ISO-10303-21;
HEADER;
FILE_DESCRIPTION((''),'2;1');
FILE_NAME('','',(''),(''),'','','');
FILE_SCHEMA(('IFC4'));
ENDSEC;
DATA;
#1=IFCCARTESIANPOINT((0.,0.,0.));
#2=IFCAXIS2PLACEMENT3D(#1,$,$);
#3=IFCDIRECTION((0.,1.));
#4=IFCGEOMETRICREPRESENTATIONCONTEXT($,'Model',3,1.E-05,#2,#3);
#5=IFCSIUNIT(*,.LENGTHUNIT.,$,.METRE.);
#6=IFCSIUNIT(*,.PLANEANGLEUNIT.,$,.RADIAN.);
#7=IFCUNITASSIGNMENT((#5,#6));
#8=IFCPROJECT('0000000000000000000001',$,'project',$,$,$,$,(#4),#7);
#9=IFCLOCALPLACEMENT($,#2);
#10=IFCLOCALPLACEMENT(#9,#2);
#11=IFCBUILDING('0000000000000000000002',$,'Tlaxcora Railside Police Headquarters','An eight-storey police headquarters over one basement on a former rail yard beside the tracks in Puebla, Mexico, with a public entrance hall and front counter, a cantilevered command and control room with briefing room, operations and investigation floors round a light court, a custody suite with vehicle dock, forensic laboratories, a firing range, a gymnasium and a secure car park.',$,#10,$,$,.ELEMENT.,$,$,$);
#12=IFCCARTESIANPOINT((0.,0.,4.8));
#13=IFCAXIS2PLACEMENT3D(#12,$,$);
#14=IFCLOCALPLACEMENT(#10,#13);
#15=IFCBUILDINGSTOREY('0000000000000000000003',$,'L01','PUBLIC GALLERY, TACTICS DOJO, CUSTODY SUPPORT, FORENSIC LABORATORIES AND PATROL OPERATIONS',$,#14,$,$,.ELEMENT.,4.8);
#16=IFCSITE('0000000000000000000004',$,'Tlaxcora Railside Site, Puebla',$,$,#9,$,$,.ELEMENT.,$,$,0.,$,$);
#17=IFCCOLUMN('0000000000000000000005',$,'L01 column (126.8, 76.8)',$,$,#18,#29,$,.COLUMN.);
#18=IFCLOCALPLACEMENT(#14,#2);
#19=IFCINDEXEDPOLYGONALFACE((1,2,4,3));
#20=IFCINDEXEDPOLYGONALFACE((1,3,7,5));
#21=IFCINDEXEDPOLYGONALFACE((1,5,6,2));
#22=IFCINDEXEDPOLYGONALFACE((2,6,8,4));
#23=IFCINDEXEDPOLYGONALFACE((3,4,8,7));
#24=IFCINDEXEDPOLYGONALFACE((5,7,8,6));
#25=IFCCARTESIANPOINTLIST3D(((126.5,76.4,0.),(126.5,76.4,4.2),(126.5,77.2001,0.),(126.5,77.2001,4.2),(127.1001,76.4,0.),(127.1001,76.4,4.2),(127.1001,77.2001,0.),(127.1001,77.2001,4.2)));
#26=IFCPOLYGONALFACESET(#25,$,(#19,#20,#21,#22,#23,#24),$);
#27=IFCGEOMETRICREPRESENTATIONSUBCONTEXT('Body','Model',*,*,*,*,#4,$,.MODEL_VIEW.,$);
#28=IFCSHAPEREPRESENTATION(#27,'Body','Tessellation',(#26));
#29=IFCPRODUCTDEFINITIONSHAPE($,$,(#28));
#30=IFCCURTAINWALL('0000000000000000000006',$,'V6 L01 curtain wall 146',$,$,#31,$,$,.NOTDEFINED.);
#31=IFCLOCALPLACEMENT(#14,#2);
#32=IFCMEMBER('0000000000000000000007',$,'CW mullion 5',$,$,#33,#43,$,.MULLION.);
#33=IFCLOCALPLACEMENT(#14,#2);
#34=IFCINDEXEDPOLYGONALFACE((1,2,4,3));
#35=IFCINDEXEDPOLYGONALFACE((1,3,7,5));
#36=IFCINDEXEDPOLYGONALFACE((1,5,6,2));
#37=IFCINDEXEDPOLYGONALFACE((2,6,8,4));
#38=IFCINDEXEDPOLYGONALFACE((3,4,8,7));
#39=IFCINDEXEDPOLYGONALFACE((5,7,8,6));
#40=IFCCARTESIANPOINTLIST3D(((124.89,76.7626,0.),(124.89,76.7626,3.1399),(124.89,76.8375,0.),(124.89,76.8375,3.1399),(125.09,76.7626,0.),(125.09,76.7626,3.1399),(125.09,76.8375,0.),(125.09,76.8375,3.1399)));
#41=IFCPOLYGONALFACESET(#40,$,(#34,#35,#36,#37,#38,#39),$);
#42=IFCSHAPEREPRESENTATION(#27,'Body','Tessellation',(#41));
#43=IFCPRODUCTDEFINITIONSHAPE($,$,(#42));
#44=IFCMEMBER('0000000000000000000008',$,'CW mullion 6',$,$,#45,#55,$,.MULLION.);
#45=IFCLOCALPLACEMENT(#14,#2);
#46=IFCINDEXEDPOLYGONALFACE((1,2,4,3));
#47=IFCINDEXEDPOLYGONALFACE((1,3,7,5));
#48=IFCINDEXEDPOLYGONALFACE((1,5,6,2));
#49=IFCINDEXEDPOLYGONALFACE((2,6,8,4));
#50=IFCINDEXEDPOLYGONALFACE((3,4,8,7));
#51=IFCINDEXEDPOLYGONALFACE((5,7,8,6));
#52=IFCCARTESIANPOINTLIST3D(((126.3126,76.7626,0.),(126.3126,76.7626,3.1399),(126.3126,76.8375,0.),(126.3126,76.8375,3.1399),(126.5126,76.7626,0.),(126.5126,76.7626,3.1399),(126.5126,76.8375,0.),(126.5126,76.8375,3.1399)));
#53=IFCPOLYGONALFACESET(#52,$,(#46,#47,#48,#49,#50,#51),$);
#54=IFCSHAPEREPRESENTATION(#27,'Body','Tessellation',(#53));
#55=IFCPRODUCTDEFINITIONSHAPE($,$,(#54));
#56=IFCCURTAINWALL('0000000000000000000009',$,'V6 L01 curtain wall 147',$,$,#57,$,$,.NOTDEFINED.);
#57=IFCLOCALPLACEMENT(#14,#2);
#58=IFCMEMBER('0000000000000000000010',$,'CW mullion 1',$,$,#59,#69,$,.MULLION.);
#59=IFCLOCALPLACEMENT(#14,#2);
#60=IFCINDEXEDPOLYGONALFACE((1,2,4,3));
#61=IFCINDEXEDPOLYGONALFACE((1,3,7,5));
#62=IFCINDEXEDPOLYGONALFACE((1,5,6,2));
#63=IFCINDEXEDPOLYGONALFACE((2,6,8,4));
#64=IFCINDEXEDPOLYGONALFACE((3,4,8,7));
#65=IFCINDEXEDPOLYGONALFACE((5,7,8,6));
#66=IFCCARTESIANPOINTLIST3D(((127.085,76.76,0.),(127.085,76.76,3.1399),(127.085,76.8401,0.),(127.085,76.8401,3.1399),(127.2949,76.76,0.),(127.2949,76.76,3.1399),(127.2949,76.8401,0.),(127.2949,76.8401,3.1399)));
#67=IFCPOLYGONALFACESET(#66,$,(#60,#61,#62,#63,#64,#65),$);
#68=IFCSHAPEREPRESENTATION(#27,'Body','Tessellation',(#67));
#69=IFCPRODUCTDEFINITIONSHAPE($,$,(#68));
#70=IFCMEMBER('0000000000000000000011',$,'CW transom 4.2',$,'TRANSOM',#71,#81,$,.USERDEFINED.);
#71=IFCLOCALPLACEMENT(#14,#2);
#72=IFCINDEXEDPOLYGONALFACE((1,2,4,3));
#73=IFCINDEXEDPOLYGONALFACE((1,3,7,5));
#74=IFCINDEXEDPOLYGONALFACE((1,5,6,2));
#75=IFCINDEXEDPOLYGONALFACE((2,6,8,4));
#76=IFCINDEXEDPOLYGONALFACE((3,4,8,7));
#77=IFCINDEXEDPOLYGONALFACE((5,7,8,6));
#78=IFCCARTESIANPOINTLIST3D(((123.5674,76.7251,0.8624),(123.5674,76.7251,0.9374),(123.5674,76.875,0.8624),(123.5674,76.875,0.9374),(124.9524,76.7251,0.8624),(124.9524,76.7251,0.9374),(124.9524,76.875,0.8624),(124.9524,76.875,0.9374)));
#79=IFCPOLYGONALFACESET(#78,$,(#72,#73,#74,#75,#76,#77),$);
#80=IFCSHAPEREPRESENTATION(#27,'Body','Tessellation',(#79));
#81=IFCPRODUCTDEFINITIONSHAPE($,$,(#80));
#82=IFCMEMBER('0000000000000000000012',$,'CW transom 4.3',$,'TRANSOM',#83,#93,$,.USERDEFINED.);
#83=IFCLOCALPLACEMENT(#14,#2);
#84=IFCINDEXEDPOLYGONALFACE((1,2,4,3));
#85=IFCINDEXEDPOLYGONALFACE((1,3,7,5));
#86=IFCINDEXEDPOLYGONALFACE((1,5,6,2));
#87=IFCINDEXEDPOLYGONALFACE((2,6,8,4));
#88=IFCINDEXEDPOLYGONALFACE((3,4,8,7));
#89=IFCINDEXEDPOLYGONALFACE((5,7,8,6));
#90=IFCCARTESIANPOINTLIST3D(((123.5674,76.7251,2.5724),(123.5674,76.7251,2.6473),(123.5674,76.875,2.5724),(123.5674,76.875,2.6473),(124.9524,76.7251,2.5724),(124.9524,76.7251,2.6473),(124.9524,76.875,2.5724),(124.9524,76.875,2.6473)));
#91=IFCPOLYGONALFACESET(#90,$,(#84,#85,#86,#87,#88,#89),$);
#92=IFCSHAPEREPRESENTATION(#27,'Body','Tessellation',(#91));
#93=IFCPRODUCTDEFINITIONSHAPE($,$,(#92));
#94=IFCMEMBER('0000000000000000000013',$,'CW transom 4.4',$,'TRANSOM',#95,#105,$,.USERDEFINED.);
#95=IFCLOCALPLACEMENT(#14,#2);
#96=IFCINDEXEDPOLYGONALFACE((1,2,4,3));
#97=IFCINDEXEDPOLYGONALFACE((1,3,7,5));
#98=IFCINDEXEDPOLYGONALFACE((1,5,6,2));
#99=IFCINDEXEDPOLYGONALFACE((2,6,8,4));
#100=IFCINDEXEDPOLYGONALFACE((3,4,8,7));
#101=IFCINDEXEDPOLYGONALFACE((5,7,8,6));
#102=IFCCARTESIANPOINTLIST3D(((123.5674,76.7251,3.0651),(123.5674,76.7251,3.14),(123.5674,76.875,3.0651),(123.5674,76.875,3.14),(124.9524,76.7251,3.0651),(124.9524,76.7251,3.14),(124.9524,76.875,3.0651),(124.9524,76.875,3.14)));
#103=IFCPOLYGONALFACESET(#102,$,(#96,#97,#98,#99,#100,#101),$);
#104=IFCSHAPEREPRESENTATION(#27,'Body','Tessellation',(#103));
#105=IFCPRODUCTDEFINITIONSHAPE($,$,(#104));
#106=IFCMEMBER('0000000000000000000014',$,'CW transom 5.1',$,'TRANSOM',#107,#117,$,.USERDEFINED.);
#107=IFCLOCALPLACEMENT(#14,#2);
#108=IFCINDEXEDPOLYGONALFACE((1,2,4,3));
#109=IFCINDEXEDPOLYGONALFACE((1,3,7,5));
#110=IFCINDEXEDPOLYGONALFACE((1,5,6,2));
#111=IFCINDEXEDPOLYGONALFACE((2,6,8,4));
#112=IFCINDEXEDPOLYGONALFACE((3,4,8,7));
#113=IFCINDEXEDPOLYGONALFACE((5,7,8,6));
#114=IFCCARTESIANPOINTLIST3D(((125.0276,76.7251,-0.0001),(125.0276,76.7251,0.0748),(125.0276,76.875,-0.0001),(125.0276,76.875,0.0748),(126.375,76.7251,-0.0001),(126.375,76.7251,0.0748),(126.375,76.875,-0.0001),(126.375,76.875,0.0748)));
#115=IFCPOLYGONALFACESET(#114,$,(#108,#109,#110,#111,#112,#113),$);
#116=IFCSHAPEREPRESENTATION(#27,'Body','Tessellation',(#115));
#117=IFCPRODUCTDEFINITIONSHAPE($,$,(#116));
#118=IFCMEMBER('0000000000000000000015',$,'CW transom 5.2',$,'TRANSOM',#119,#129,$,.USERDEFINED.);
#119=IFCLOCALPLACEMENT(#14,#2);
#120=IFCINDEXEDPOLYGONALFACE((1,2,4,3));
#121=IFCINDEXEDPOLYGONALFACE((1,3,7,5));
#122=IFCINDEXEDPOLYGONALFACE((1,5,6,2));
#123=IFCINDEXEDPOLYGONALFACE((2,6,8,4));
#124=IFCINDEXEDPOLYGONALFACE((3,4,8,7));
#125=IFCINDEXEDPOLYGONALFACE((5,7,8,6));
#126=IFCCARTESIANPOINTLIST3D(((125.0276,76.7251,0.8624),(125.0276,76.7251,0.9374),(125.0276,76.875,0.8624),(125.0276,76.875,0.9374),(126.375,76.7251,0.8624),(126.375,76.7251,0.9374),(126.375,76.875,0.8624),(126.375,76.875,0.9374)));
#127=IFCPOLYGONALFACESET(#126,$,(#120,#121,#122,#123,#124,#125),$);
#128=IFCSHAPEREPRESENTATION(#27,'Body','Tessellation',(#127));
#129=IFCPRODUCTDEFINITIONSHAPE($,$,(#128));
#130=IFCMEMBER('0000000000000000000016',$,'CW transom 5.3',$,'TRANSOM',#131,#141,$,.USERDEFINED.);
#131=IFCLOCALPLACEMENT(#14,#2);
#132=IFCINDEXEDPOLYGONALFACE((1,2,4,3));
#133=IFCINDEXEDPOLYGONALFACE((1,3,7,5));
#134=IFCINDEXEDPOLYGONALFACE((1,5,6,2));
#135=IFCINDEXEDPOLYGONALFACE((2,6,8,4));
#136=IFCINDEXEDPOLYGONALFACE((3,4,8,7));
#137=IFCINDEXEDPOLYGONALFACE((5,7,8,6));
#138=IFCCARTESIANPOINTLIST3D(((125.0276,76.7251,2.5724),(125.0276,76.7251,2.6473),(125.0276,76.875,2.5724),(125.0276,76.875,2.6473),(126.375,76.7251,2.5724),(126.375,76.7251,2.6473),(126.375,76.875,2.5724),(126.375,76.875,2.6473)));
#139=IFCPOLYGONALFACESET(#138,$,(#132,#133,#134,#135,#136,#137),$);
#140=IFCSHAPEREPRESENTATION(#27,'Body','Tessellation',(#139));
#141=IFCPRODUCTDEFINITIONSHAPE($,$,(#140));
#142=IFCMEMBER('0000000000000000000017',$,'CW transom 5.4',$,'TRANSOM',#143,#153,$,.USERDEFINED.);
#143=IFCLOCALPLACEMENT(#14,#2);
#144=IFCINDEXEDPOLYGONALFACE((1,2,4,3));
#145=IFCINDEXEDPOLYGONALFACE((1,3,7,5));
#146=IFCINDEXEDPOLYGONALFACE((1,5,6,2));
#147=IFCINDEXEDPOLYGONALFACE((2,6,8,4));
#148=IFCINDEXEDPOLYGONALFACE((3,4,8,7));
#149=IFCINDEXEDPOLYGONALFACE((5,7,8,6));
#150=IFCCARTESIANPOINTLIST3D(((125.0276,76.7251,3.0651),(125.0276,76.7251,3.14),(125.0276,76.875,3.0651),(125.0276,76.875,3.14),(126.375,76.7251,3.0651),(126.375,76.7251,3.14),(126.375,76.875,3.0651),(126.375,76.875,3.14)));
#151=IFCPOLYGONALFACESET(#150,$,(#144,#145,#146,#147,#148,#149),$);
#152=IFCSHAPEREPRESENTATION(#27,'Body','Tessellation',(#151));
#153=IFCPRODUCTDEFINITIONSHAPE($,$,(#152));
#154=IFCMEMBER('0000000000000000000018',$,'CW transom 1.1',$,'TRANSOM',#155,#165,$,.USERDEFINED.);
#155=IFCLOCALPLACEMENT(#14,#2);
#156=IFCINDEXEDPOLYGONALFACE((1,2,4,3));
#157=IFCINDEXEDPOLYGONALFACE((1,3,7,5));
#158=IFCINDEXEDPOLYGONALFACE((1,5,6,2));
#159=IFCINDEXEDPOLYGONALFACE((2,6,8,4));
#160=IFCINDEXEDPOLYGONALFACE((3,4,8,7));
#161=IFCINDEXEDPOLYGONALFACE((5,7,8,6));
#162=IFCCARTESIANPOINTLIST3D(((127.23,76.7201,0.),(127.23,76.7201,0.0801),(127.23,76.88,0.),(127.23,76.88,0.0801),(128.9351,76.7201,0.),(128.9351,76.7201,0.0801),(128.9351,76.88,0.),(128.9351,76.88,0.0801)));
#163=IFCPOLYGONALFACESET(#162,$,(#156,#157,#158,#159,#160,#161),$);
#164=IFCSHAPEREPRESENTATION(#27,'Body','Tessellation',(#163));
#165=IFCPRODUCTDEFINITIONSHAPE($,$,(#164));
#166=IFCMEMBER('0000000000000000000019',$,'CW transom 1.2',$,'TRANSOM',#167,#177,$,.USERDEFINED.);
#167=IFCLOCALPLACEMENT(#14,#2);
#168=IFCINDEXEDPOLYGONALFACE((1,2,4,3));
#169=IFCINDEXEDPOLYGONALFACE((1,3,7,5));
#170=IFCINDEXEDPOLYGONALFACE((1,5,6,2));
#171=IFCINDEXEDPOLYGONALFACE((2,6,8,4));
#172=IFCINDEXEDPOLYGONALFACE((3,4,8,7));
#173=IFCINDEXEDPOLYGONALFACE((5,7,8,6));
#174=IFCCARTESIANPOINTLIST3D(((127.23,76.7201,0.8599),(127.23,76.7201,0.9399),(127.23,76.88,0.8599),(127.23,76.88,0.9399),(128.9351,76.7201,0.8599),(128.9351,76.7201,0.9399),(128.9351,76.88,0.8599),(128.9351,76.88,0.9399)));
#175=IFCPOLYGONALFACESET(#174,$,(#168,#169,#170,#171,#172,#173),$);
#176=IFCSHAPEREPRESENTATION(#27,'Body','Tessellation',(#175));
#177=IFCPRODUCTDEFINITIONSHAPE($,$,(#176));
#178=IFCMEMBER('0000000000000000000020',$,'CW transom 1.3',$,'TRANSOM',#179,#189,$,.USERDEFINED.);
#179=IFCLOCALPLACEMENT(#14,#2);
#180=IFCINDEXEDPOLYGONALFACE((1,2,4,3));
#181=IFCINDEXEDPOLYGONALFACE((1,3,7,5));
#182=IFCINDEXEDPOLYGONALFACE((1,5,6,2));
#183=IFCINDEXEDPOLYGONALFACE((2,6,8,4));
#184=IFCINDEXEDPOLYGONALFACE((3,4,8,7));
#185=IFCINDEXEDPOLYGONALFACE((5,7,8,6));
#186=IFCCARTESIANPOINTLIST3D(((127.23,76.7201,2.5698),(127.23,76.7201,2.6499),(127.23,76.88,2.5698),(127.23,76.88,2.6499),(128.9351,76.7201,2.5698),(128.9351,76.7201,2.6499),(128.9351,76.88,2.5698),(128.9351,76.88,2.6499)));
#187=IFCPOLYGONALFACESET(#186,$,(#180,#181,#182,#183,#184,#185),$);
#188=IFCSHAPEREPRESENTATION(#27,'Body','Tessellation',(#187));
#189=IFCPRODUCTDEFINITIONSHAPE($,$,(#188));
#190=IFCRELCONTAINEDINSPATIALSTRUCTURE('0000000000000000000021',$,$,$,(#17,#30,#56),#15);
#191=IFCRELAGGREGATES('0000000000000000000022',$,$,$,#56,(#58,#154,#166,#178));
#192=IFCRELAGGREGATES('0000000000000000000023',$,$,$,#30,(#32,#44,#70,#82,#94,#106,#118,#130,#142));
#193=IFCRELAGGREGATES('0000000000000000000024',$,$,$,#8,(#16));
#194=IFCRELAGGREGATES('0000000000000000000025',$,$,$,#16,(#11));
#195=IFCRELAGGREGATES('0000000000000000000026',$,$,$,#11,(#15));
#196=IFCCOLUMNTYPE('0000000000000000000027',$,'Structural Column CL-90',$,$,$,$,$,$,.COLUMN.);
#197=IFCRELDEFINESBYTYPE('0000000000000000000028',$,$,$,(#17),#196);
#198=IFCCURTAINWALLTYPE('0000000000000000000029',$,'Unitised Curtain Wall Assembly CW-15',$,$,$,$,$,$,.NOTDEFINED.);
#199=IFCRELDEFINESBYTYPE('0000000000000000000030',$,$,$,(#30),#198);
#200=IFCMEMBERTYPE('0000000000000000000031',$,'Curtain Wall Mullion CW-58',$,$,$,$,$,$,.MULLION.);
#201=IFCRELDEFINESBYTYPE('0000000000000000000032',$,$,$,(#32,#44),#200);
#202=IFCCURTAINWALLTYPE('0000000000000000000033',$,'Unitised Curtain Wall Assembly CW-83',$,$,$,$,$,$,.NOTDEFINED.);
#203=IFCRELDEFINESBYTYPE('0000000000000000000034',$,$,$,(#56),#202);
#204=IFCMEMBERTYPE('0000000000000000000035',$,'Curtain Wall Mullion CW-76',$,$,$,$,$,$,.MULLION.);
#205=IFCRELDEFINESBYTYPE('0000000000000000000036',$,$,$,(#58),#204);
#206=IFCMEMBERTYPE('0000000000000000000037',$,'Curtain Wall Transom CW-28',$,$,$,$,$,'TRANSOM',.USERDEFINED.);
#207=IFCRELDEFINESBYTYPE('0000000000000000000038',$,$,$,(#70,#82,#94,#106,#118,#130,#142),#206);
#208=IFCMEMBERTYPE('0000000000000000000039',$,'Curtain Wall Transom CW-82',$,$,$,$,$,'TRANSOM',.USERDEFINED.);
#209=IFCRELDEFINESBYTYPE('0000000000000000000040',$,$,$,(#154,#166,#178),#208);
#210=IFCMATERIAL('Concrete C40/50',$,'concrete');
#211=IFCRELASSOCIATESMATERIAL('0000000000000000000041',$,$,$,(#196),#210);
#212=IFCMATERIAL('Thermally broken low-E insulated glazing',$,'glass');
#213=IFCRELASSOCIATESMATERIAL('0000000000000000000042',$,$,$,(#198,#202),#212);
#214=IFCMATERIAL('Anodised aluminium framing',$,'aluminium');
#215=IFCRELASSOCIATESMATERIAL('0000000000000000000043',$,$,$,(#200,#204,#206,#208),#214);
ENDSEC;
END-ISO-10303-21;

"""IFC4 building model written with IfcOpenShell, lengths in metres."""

from ifc_helpers import new_model, si_unit, direction, frame, origin, origin_2d, place, context, subcontext, project, spatial, rectangle, extrude, material, material_profile, profile_set, type_object, element, aggregate, save


model = new_model("IFC4")

# Units and contexts
model_context = context("Model", 3, precision=1e-05, world=origin(), true_north=direction((0.0, 1.0)))
body_context = subcontext(model_context, "Body", "Model", "MODEL_VIEW")
ifc_project = project(units=[si_unit("LENGTHUNIT", "METRE"), si_unit("PLANEANGLEUNIT", "RADIAN")], contexts=[model_context])

# Site, building, storey
site_placement = place(None, origin())
site = spatial("IfcSite", under=ifc_project, at=site_placement, Name="Tlaxcora Railside Site, Puebla", CompositionType="ELEMENT", RefElevation=0.0)
building_placement = place(site_placement, origin())
building = spatial("IfcBuilding", under=site, at=building_placement, Name="Tlaxcora Railside Police Headquarters", Description="An eight-storey police headquarters over one basement on a former rail yard beside the tracks in Puebla, Mexico, with a public entrance hall and front counter, a cantilevered command and control room with briefing room, operations and investigation floors round a light court, a custody suite with vehicle dock, forensic laboratories, a firing range, a gymnasium and a secure car park.", CompositionType="ELEMENT")
storey_placement = place(building_placement, frame((0.0, 0.0, 4.8)))
storey = spatial("IfcBuildingStorey", under=building, at=storey_placement, Name="L01", Description="PUBLIC GALLERY, TACTICS DOJO, CUSTODY SUPPORT, FORENSIC LABORATORIES AND PATROL OPERATIONS", CompositionType="ELEMENT", Elevation=4.8)

# Column
ifc_material_1 = material(Name="Concrete C40/50", Category="concrete")
ifc_material_profile_1 = material_profile(ifc_material_1, rectangle(XDim=0.6001, YDim=0.8, at=origin_2d()), Name="RC600X800")
ifc_profile_set_1 = profile_set([ifc_material_profile_1], Name="Concrete C40/50")
column_type = type_object("IfcColumnType", Name="Structural Column CL-90", PredefinedType="COLUMN", material=ifc_profile_set_1)
column_placement = place(storey_placement, frame((126.8, 76.8, 0.0), z_axis=(0.0, 0.0, 1.0), x_axis=(1.0, 0.0, 0.0)))
element("IfcColumn", 1, at=column_placement, inside=storey, type_object=column_type, Name="L01 column (126.8, 76.8)", PredefinedType="COLUMN", context=body_context, shape_type="SweptSolid", body=[
    extrude(rectangle(XDim=0.6001, YDim=0.8, at=origin_2d()), origin(), (0.0, 0.0, 1.0), 4.2),
])

# Curtain wall, members
ifc_material_2 = material(Name="Thermally broken low-E insulated glazing", Category="glass")
curtain_wall_type_1 = type_object("IfcCurtainWallType", Name="Unitised Curtain Wall Assembly CW-15", PredefinedType="NOTDEFINED", material=ifc_material_2)
curtain_wall_1_placement = place(storey_placement, origin())
curtain_wall_1 = element("IfcCurtainWall", 2, at=curtain_wall_1_placement, inside=storey, type_object=curtain_wall_type_1, Name="V6 L01 curtain wall 146", PredefinedType="NOTDEFINED")
ifc_material_3 = material(Name="Anodised aluminium framing", Category="aluminium")
ifc_material_profile_2 = material_profile(ifc_material_3, rectangle(XDim=0.075, YDim=0.2, at=origin_2d()), Name="AL75X200")
ifc_profile_set_2 = profile_set([ifc_material_profile_2], Name="Anodised aluminium framing")
member_type_1 = type_object("IfcMemberType", Name="Curtain Wall Mullion CW-58", PredefinedType="MULLION", material=ifc_profile_set_2)
member_1_placement = place(storey_placement, frame((124.99, 76.8, 0.0), z_axis=(0.0, 0.0, 1.0), x_axis=(0.0, 1.0, 0.0)))
member_1 = element("IfcMember", 3, at=member_1_placement, type_object=member_type_1, Name="CW mullion 5", PredefinedType="MULLION", context=body_context, shape_type="SweptSolid", body=[
    extrude(rectangle(XDim=0.075, YDim=0.2, at=origin_2d()), origin(), (0.0, 0.0, 1.0), 3.1399),
])
member_2_placement = place(storey_placement, frame((126.4126, 76.8, 0.0), z_axis=(0.0, 0.0, 1.0), x_axis=(0.0, 1.0, 0.0)))
member_2 = element("IfcMember", 4, at=member_2_placement, type_object=member_type_1, Name="CW mullion 6", PredefinedType="MULLION", context=body_context, shape_type="SweptSolid", body=[
    extrude(rectangle(XDim=0.075, YDim=0.2, at=origin_2d()), origin(), (0.0, 0.0, 1.0), 3.1399),
])

# Curtain wall, member
curtain_wall_type_2 = type_object("IfcCurtainWallType", Name="Unitised Curtain Wall Assembly CW-83", PredefinedType="NOTDEFINED", material=ifc_material_2)
curtain_wall_2_placement = place(storey_placement, origin())
curtain_wall_2 = element("IfcCurtainWall", 5, at=curtain_wall_2_placement, inside=storey, type_object=curtain_wall_type_2, Name="V6 L01 curtain wall 147", PredefinedType="NOTDEFINED")
ifc_material_profile_3 = material_profile(ifc_material_3, rectangle(XDim=0.0801, YDim=0.21, at=origin_2d()), Name="AL80X210")
ifc_profile_set_3 = profile_set([ifc_material_profile_3], Name="Anodised aluminium framing")
member_type_2 = type_object("IfcMemberType", Name="Curtain Wall Mullion CW-76", PredefinedType="MULLION", material=ifc_profile_set_3)
member_3_placement = place(storey_placement, frame((127.1899, 76.8, 0.0), z_axis=(0.0, 0.0, 1.0), x_axis=(0.0, 1.0, 0.0)))
member_3 = element("IfcMember", 6, at=member_3_placement, type_object=member_type_2, Name="CW mullion 1", PredefinedType="MULLION", context=body_context, shape_type="SweptSolid", body=[
    extrude(rectangle(XDim=0.0801, YDim=0.21, at=origin_2d()), origin(), (0.0, 0.0, 1.0), 3.1399),
])

# Members
ifc_material_profile_4 = material_profile(ifc_material_3, rectangle(XDim=0.1499, YDim=0.075, at=origin_2d()), Name="AL75X150")
ifc_profile_set_4 = profile_set([ifc_material_profile_4], Name="Anodised aluminium framing")
member_type_3 = type_object("IfcMemberType", Name="Curtain Wall Transom CW-28", ElementType="TRANSOM", PredefinedType="USERDEFINED", material=ifc_profile_set_4)
member_4_placement = place(storey_placement, frame((123.5674, 76.8, 0.8999), z_axis=(1.0, 0.0, 0.0), x_axis=(0.0, 1.0, 0.0)))
member_4 = element("IfcMember", 7, at=member_4_placement, type_object=member_type_3, Name="CW transom 4.2", ObjectType="TRANSOM", PredefinedType="USERDEFINED", context=body_context, shape_type="SweptSolid", body=[
    extrude(rectangle(XDim=0.1499, YDim=0.075, at=origin_2d()), origin(), (0.0, 0.0, 1.0), 1.385),
])
member_5_placement = place(storey_placement, frame((123.5674, 76.8, 2.6099), z_axis=(1.0, 0.0, 0.0), x_axis=(0.0, 1.0, 0.0)))
member_5 = element("IfcMember", 8, at=member_5_placement, type_object=member_type_3, Name="CW transom 4.3", ObjectType="TRANSOM", PredefinedType="USERDEFINED", context=body_context, shape_type="SweptSolid", body=[
    extrude(rectangle(XDim=0.1499, YDim=0.075, at=origin_2d()), origin(), (0.0, 0.0, 1.0), 1.385),
])
member_6_placement = place(storey_placement, frame((123.5674, 76.8, 3.1025), z_axis=(1.0, 0.0, 0.0), x_axis=(0.0, 1.0, 0.0)))
member_6 = element("IfcMember", 9, at=member_6_placement, type_object=member_type_3, Name="CW transom 4.4", ObjectType="TRANSOM", PredefinedType="USERDEFINED", context=body_context, shape_type="SweptSolid", body=[
    extrude(rectangle(XDim=0.1499, YDim=0.075, at=origin_2d()), origin(), (0.0, 0.0, 1.0), 1.385),
])
member_7_placement = place(storey_placement, frame((125.0276, 76.8, 0.0374), z_axis=(1.0, 0.0, 0.0), x_axis=(0.0, 1.0, 0.0)))
member_7 = element("IfcMember", 10, at=member_7_placement, type_object=member_type_3, Name="CW transom 5.1", ObjectType="TRANSOM", PredefinedType="USERDEFINED", context=body_context, shape_type="SweptSolid", body=[
    extrude(rectangle(XDim=0.1499, YDim=0.075, at=origin_2d()), origin(), (0.0, 0.0, 1.0), 1.3474),
])
member_8_placement = place(storey_placement, frame((125.0276, 76.8, 0.8999), z_axis=(1.0, 0.0, 0.0), x_axis=(0.0, 1.0, 0.0)))
member_8 = element("IfcMember", 11, at=member_8_placement, type_object=member_type_3, Name="CW transom 5.2", ObjectType="TRANSOM", PredefinedType="USERDEFINED", context=body_context, shape_type="SweptSolid", body=[
    extrude(rectangle(XDim=0.1499, YDim=0.075, at=origin_2d()), origin(), (0.0, 0.0, 1.0), 1.3474),
])
member_9_placement = place(storey_placement, frame((125.0276, 76.8, 2.6099), z_axis=(1.0, 0.0, 0.0), x_axis=(0.0, 1.0, 0.0)))
member_9 = element("IfcMember", 12, at=member_9_placement, type_object=member_type_3, Name="CW transom 5.3", ObjectType="TRANSOM", PredefinedType="USERDEFINED", context=body_context, shape_type="SweptSolid", body=[
    extrude(rectangle(XDim=0.1499, YDim=0.075, at=origin_2d()), origin(), (0.0, 0.0, 1.0), 1.3474),
])
member_10_placement = place(storey_placement, frame((125.0276, 76.8, 3.1025), z_axis=(1.0, 0.0, 0.0), x_axis=(0.0, 1.0, 0.0)))
member_10 = element("IfcMember", 13, at=member_10_placement, type_object=member_type_3, Name="CW transom 5.4", ObjectType="TRANSOM", PredefinedType="USERDEFINED", context=body_context, shape_type="SweptSolid", body=[
    extrude(rectangle(XDim=0.1499, YDim=0.075, at=origin_2d()), origin(), (0.0, 0.0, 1.0), 1.3474),
])
ifc_material_profile_5 = material_profile(ifc_material_3, rectangle(XDim=0.1599, YDim=0.0801, at=origin_2d()), Name="AL80X160")
ifc_profile_set_5 = profile_set([ifc_material_profile_5], Name="Anodised aluminium framing")
member_type_4 = type_object("IfcMemberType", Name="Curtain Wall Transom CW-82", ElementType="TRANSOM", PredefinedType="USERDEFINED", material=ifc_profile_set_5)
member_11_placement = place(storey_placement, frame((127.23, 76.8, 0.04), z_axis=(1.0, 0.0, 0.0), x_axis=(0.0, 1.0, 0.0)))
member_11 = element("IfcMember", 14, at=member_11_placement, type_object=member_type_4, Name="CW transom 1.1", ObjectType="TRANSOM", PredefinedType="USERDEFINED", context=body_context, shape_type="SweptSolid", body=[
    extrude(rectangle(XDim=0.1599, YDim=0.0801, at=origin_2d()), origin(), (0.0, 0.0, 1.0), 1.7051),
])
member_12_placement = place(storey_placement, frame((127.23, 76.8, 0.8999), z_axis=(1.0, 0.0, 0.0), x_axis=(0.0, 1.0, 0.0)))
member_12 = element("IfcMember", 15, at=member_12_placement, type_object=member_type_4, Name="CW transom 1.2", ObjectType="TRANSOM", PredefinedType="USERDEFINED", context=body_context, shape_type="SweptSolid", body=[
    extrude(rectangle(XDim=0.1599, YDim=0.0801, at=origin_2d()), origin(), (0.0, 0.0, 1.0), 1.7051),
])
member_13_placement = place(storey_placement, frame((127.23, 76.8, 2.6099), z_axis=(1.0, 0.0, 0.0), x_axis=(0.0, 1.0, 0.0)))
member_13 = element("IfcMember", 16, at=member_13_placement, type_object=member_type_4, Name="CW transom 1.3", ObjectType="TRANSOM", PredefinedType="USERDEFINED", context=body_context, shape_type="SweptSolid", body=[
    extrude(rectangle(XDim=0.1599, YDim=0.0801, at=origin_2d()), origin(), (0.0, 0.0, 1.0), 1.7051),
])
aggregate(curtain_wall_2, [member_3, member_11, member_12, member_13])

aggregate(curtain_wall_1, [member_1, member_2, member_4, member_5, member_6, member_7, member_8, member_9, member_10])

save(model, "model.ifc")
